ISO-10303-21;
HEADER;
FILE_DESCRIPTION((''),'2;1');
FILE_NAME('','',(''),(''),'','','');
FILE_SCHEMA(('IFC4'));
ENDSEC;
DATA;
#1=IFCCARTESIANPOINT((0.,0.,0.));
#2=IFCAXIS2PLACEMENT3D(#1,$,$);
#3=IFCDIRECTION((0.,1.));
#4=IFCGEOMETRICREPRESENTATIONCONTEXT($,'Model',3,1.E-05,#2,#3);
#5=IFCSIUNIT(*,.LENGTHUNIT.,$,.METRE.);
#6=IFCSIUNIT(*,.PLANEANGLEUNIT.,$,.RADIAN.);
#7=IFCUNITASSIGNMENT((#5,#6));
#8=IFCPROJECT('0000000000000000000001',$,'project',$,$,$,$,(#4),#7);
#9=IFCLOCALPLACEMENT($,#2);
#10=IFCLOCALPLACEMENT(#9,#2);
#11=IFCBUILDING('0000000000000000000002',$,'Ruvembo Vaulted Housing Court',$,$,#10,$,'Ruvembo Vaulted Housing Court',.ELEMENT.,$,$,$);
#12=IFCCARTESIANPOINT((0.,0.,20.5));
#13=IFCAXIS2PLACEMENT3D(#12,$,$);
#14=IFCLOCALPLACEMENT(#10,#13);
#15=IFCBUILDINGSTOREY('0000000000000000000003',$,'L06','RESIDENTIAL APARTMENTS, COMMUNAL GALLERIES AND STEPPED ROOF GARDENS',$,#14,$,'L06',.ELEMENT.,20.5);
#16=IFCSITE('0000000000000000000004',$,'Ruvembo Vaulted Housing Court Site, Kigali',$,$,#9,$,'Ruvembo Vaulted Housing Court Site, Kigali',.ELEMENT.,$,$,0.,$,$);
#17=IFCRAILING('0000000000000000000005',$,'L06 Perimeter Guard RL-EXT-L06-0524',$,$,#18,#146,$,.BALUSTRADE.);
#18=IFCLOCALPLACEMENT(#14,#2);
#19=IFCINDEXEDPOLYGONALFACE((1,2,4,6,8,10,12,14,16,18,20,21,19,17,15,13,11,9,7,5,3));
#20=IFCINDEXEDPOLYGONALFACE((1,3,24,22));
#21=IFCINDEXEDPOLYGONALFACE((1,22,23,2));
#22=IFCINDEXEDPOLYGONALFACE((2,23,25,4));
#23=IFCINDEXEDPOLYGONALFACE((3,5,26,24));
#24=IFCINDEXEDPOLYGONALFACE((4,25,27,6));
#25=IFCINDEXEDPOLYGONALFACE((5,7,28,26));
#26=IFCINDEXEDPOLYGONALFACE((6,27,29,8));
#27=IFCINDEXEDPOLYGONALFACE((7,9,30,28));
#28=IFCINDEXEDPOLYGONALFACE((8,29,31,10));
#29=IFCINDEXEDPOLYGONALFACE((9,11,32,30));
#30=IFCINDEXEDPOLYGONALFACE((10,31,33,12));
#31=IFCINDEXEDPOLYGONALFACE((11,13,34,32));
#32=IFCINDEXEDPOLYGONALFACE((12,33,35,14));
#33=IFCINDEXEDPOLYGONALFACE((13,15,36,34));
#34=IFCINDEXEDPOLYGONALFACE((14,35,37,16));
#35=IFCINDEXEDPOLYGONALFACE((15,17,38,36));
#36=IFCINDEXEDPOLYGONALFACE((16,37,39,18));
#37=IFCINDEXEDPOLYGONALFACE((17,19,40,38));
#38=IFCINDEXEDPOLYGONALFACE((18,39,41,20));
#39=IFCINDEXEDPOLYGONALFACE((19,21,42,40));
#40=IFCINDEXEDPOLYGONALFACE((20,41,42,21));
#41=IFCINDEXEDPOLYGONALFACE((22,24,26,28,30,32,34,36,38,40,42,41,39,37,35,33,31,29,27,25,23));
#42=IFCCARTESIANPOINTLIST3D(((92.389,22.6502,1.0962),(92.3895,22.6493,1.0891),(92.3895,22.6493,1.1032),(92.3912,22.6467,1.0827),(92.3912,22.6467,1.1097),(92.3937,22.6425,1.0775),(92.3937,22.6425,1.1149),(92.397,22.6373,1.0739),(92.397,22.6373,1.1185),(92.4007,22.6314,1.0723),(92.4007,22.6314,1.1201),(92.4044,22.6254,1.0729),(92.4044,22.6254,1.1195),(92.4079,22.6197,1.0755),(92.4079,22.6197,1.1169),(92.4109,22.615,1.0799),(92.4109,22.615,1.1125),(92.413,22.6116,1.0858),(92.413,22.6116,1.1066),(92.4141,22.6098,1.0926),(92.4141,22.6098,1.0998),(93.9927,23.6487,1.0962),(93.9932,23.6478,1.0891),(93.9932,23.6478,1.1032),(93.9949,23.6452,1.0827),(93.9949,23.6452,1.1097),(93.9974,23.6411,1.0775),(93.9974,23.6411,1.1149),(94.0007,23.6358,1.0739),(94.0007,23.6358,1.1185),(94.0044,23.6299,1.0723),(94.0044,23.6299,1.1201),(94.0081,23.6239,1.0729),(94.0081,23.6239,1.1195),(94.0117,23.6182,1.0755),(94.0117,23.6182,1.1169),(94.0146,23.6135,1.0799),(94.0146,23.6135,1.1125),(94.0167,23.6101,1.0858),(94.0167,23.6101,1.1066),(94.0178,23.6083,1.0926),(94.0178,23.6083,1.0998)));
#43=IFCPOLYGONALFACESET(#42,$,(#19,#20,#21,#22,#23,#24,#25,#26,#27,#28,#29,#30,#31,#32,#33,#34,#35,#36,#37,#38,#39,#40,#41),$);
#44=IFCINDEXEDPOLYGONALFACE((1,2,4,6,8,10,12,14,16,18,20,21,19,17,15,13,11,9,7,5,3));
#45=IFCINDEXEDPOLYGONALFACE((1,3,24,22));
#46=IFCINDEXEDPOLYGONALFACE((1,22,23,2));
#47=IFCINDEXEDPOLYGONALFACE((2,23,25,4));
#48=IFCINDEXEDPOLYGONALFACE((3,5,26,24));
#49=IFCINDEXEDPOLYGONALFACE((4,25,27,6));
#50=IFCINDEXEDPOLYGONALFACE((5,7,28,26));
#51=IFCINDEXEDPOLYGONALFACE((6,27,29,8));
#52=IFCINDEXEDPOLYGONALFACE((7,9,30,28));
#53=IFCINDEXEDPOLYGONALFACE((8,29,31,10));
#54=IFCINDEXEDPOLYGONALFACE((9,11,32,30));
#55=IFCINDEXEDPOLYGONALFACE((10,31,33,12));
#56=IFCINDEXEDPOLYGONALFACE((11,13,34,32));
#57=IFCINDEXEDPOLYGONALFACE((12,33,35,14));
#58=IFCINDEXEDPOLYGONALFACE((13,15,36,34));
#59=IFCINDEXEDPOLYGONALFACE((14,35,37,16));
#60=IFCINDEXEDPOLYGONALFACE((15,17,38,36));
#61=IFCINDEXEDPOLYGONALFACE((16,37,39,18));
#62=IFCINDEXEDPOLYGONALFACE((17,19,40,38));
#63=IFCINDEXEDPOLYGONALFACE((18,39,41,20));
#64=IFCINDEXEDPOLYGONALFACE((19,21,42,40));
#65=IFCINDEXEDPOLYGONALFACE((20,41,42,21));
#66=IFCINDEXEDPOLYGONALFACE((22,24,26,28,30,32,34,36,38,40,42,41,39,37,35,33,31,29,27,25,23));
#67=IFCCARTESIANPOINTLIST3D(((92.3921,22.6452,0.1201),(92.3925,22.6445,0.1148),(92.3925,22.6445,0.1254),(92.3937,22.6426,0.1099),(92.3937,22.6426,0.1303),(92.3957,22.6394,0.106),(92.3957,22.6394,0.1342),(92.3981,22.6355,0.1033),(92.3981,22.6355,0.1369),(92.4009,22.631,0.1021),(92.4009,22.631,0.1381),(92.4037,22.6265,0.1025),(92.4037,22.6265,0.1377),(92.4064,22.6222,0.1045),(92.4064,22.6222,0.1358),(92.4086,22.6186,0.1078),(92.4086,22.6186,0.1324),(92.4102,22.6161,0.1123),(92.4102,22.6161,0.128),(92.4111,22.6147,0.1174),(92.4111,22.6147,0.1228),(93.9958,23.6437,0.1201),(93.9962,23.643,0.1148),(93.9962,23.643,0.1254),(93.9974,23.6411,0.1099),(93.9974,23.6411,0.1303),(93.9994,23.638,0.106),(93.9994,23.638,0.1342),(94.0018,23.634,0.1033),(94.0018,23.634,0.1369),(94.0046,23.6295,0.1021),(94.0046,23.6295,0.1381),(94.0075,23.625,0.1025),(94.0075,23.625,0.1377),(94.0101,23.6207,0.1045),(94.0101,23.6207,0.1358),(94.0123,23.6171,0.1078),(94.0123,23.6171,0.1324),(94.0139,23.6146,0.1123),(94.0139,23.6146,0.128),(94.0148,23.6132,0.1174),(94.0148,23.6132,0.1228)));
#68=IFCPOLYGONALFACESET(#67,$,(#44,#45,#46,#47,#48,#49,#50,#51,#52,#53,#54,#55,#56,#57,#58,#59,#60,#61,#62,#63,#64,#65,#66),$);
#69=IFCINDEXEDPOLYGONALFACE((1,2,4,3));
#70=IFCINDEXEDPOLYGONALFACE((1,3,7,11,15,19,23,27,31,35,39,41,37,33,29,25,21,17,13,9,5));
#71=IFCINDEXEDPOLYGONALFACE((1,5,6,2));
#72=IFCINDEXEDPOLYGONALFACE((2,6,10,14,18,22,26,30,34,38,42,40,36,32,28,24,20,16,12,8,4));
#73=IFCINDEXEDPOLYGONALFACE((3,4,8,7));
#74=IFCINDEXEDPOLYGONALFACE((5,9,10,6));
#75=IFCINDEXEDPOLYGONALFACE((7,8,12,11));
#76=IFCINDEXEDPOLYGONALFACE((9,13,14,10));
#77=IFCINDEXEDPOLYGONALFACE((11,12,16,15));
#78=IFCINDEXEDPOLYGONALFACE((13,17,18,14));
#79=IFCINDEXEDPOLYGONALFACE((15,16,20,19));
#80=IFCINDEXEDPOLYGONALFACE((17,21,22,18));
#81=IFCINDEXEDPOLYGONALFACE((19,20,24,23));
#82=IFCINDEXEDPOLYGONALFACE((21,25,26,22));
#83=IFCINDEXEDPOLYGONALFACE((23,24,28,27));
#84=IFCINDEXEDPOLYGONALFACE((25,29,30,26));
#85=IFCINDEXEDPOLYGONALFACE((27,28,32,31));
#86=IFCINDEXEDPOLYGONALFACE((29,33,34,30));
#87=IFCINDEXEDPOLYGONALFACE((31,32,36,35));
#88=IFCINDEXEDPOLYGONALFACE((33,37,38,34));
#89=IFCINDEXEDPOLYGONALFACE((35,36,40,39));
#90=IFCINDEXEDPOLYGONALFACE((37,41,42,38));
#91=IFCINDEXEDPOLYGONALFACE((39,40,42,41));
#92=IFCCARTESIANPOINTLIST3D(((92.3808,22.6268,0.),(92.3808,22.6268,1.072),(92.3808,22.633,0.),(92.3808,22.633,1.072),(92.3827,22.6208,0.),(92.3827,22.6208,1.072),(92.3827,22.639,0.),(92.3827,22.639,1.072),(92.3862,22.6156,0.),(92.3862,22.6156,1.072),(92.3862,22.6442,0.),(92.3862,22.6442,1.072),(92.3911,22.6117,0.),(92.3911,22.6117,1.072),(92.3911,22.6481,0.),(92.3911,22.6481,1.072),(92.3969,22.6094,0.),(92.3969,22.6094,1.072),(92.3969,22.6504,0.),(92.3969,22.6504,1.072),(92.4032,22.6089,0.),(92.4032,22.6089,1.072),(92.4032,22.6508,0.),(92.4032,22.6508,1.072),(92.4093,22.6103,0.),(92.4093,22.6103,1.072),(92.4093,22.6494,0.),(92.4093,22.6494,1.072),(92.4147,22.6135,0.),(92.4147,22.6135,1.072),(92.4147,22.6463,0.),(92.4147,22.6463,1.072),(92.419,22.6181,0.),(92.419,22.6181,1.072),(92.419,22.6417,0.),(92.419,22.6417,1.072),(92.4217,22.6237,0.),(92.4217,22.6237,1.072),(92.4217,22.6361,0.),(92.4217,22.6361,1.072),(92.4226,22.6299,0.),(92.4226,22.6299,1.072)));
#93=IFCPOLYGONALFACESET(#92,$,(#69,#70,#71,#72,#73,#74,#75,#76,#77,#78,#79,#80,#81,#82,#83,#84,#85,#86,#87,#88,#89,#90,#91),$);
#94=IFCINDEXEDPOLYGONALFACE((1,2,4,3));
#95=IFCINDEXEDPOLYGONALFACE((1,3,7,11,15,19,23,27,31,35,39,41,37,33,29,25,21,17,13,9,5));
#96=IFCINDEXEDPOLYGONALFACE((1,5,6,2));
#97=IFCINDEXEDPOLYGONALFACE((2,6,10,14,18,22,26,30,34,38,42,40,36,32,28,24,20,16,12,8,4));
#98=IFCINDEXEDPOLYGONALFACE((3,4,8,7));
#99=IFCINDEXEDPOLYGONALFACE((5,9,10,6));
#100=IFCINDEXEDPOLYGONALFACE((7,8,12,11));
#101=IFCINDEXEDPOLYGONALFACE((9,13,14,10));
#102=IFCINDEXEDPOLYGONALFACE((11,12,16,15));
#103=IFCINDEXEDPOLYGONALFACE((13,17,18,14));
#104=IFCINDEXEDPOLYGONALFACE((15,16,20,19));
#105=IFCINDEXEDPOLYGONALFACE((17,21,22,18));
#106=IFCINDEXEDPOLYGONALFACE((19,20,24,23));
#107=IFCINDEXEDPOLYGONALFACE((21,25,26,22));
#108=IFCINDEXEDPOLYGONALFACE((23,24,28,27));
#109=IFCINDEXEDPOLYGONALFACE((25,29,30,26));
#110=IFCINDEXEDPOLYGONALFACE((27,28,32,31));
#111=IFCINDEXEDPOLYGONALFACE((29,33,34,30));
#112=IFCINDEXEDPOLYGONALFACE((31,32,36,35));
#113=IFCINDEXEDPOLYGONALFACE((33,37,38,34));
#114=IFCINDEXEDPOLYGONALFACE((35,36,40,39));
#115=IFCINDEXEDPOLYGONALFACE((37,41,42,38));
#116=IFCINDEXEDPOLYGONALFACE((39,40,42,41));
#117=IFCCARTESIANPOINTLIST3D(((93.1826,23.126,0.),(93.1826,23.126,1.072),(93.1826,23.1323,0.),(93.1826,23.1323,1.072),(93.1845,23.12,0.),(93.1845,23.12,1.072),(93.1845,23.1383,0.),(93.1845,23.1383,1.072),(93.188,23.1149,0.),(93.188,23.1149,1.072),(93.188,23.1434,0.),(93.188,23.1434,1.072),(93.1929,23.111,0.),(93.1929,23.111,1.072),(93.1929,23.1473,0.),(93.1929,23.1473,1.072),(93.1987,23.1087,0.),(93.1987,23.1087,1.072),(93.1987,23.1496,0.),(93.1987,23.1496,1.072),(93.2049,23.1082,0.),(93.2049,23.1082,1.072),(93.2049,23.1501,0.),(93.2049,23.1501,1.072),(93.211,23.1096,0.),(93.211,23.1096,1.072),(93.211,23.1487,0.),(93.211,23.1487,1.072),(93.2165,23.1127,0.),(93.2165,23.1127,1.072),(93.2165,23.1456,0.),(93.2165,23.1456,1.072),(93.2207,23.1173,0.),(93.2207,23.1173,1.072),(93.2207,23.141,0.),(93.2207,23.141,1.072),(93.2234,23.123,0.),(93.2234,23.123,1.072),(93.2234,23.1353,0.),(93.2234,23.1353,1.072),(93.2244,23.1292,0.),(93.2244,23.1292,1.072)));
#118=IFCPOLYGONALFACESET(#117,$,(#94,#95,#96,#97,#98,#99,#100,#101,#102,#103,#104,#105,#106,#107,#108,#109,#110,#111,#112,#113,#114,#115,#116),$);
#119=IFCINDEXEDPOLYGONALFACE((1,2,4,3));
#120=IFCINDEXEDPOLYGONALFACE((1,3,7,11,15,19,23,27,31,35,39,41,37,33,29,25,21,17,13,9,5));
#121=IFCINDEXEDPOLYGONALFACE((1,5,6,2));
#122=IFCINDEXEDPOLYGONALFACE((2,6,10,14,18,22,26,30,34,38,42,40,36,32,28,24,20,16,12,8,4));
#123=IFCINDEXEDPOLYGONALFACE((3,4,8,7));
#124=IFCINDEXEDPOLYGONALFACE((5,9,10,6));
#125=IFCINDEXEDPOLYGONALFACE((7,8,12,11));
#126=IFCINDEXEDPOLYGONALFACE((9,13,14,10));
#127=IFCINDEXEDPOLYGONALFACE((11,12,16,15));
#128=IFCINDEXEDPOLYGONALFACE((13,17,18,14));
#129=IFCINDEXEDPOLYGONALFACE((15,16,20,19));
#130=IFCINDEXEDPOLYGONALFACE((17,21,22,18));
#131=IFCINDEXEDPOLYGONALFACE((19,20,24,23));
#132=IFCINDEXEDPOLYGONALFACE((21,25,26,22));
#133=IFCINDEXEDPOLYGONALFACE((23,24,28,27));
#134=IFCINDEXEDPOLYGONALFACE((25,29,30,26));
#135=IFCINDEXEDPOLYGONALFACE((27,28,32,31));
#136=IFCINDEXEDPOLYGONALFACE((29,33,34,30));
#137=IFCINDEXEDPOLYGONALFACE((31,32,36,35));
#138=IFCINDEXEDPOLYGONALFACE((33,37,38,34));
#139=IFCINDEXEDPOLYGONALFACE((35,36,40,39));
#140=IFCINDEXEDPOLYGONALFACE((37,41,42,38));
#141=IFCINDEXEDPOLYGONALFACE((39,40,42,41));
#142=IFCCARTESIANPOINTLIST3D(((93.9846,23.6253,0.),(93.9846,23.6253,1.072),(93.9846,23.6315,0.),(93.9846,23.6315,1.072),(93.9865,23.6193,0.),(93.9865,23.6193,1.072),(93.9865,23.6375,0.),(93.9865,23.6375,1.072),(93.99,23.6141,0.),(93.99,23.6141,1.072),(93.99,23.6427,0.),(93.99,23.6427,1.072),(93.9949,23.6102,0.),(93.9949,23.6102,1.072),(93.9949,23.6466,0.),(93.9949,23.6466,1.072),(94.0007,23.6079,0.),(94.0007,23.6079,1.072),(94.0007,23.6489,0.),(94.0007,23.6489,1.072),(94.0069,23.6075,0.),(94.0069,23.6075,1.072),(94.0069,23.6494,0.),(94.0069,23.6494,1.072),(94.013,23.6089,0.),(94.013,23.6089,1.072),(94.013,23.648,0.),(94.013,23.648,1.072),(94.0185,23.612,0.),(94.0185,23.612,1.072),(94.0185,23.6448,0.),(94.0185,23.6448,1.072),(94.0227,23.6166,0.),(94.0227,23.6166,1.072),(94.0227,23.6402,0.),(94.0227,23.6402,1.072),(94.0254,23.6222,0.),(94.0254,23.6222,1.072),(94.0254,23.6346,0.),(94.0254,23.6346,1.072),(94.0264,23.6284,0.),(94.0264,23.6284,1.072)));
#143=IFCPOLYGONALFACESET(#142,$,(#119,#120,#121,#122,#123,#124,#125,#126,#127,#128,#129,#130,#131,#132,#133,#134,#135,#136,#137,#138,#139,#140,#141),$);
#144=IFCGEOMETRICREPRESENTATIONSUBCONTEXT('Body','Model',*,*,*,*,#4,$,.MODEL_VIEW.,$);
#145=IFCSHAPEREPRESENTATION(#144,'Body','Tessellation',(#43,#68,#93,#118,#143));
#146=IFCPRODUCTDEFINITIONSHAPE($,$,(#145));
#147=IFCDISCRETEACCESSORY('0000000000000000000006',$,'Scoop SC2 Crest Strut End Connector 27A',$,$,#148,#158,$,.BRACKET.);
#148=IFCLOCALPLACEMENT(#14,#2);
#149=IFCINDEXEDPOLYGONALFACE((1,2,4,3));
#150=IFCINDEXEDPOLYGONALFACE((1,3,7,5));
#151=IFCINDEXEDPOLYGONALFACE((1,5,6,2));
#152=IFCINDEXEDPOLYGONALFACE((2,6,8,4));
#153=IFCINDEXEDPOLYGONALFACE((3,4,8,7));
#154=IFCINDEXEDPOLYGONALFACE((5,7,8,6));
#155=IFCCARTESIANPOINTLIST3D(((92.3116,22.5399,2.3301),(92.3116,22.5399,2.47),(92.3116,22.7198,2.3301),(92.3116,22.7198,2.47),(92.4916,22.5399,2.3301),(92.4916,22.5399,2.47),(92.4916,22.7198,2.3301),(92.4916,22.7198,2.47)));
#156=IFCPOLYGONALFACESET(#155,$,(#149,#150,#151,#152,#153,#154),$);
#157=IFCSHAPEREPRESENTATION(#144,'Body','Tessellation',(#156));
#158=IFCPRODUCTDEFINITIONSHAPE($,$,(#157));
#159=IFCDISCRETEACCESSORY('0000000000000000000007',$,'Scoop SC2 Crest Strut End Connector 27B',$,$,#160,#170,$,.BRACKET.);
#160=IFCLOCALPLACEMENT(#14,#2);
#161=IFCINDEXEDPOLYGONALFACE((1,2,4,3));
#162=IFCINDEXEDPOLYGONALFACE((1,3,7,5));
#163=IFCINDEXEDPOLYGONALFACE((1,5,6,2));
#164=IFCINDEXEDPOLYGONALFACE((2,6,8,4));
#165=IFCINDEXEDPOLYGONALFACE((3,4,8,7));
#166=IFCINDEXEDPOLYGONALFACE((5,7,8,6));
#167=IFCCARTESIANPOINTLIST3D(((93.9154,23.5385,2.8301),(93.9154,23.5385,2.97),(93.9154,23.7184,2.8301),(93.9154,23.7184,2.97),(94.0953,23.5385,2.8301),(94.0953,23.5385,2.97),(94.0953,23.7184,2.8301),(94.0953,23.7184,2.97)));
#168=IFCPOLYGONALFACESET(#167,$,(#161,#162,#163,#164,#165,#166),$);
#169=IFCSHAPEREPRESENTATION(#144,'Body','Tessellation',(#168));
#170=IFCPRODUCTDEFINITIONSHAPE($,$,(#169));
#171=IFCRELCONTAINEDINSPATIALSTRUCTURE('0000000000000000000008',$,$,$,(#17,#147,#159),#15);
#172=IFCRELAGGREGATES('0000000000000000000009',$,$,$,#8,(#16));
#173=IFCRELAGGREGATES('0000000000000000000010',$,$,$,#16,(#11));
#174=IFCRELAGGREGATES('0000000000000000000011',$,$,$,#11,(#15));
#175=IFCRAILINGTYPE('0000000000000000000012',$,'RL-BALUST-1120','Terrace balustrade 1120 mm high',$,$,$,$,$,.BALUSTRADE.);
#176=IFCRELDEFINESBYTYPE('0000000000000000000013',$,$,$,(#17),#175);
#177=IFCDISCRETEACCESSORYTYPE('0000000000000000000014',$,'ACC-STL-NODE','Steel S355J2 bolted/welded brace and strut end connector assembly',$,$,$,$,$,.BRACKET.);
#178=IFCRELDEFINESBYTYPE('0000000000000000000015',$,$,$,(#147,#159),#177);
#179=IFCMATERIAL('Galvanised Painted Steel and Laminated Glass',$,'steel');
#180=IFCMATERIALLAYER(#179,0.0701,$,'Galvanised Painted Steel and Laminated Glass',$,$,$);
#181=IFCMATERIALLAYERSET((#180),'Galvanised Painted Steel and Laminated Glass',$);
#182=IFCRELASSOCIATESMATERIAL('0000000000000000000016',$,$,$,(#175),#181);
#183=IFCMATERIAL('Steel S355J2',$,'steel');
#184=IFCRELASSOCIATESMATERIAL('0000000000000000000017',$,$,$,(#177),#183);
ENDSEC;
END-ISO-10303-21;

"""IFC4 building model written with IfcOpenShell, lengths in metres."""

from ifc_helpers import new_model, si_unit, direction, frame, origin, origin_2d, place, context, subcontext, project, spatial, rectangle, circle, extrude, material, layer, layer_set, type_object, element, save


model = new_model("IFC4")

# Units and contexts
model_context = context("Model", 3, precision=1e-05, world=origin(), true_north=direction((0.0, 1.0)))
body_context = subcontext(model_context, "Body", "Model", "MODEL_VIEW")
ifc_project = project(units=[si_unit("LENGTHUNIT", "METRE"), si_unit("PLANEANGLEUNIT", "RADIAN")], contexts=[model_context])

# Site, building, storey
site_placement = place(None, origin())
site = spatial("IfcSite", under=ifc_project, at=site_placement, Name="Ruvembo Vaulted Housing Court Site, Kigali", LongName="Ruvembo Vaulted Housing Court Site, Kigali", CompositionType="ELEMENT", RefElevation=0.0)
building_placement = place(site_placement, origin())
building = spatial("IfcBuilding", under=site, at=building_placement, Name="Ruvembo Vaulted Housing Court", LongName="Ruvembo Vaulted Housing Court", CompositionType="ELEMENT")
storey_placement = place(building_placement, frame((0.0, 0.0, 20.5)))
storey = spatial("IfcBuildingStorey", under=building, at=storey_placement, Name="L06", Description="RESIDENTIAL APARTMENTS, COMMUNAL GALLERIES AND STEPPED ROOF GARDENS", LongName="L06", CompositionType="ELEMENT", Elevation=20.5)

# Shared definitions
ifc_material_1 = material(Name="Steel S355J2", Category="steel")

# Railing
ifc_material_2 = material(Name="Galvanised Painted Steel and Laminated Glass", Category="steel")
ifc_layer_1 = layer(ifc_material_2, 0.0701, Name="Galvanised Painted Steel and Laminated Glass")
ifc_layer_set_1 = layer_set([ifc_layer_1], Name="Galvanised Painted Steel and Laminated Glass")
railing_type = type_object("IfcRailingType", Name="RL-BALUST-1120", Description="Terrace balustrade 1120 mm high", PredefinedType="BALUSTRADE", material=ifc_layer_set_1)
railing_1_placement = place(storey_placement, frame((92.4016, 22.6299, 0.0)))
element("IfcRailing", 1, at=railing_1_placement, inside=storey, type_object=railing_type, Name="L06 Perimeter Guard RL-EXT-L06-0524", PredefinedType="BALUSTRADE", context=body_context, shape_type="SweptSolid", body=[
    extrude(circle(Radius=0.0239, at=origin_2d()), frame((0.0, 0.0, 1.0962), z_axis=(0.848905, 0.528546, 0.0), x_axis=(-0.528546, 0.848905, 0.0)), (0.0, 0.0, 1.0), 1.8892),
    extrude(circle(Radius=0.0181, at=origin_2d()), frame((0.0, 0.0, 0.1201), z_axis=(0.848905, 0.528546, 0.0), x_axis=(-0.528546, 0.848905, 0.0)), (0.0, 0.0, 1.0), 1.8892),
    extrude(circle(Radius=0.021, at=origin_2d()), origin(), (0.0, 0.0, 1.0), 1.072),
    extrude(circle(Radius=0.021, at=origin_2d()), frame((0.8018, 0.4993, 0.0)), (0.0, 0.0, 1.0), 1.072),
    extrude(circle(Radius=0.021, at=origin_2d()), frame((1.6038, 0.9985, 0.0)), (0.0, 0.0, 1.0), 1.072),
])

# Discrete accessories
discrete_accessory_type = type_object("IfcDiscreteAccessoryType", Name="ACC-STL-NODE", Description="Steel S355J2 bolted/welded brace and strut end connector assembly", PredefinedType="BRACKET", material=ifc_material_1)
for number, where, z_axis, x_axis, name in (
    (2, (92.4016, 22.6299, 2.3301), (0.0, 0.0, 1.0), (1.0, 0.0, 0.0), "Scoop SC2 Crest Strut End Connector 27A"),
    (3, (94.0054, 23.6284, 2.8301), (0.0, 0.0, 1.0), (1.0, 0.0, 0.0), "Scoop SC2 Crest Strut End Connector 27B"),
):
    element("IfcDiscreteAccessory", number, at=place(storey_placement, frame(where, z_axis=z_axis, x_axis=x_axis)), inside=storey, type_object=discrete_accessory_type, Name=name, PredefinedType="BRACKET", context=body_context, shape_type="SweptSolid", body=[
        extrude(rectangle(XDim=0.1799, YDim=0.1799, at=origin_2d()), origin(), (0.0, 0.0, 1.0), 0.1399),
    ])

save(model, "model.ifc")
